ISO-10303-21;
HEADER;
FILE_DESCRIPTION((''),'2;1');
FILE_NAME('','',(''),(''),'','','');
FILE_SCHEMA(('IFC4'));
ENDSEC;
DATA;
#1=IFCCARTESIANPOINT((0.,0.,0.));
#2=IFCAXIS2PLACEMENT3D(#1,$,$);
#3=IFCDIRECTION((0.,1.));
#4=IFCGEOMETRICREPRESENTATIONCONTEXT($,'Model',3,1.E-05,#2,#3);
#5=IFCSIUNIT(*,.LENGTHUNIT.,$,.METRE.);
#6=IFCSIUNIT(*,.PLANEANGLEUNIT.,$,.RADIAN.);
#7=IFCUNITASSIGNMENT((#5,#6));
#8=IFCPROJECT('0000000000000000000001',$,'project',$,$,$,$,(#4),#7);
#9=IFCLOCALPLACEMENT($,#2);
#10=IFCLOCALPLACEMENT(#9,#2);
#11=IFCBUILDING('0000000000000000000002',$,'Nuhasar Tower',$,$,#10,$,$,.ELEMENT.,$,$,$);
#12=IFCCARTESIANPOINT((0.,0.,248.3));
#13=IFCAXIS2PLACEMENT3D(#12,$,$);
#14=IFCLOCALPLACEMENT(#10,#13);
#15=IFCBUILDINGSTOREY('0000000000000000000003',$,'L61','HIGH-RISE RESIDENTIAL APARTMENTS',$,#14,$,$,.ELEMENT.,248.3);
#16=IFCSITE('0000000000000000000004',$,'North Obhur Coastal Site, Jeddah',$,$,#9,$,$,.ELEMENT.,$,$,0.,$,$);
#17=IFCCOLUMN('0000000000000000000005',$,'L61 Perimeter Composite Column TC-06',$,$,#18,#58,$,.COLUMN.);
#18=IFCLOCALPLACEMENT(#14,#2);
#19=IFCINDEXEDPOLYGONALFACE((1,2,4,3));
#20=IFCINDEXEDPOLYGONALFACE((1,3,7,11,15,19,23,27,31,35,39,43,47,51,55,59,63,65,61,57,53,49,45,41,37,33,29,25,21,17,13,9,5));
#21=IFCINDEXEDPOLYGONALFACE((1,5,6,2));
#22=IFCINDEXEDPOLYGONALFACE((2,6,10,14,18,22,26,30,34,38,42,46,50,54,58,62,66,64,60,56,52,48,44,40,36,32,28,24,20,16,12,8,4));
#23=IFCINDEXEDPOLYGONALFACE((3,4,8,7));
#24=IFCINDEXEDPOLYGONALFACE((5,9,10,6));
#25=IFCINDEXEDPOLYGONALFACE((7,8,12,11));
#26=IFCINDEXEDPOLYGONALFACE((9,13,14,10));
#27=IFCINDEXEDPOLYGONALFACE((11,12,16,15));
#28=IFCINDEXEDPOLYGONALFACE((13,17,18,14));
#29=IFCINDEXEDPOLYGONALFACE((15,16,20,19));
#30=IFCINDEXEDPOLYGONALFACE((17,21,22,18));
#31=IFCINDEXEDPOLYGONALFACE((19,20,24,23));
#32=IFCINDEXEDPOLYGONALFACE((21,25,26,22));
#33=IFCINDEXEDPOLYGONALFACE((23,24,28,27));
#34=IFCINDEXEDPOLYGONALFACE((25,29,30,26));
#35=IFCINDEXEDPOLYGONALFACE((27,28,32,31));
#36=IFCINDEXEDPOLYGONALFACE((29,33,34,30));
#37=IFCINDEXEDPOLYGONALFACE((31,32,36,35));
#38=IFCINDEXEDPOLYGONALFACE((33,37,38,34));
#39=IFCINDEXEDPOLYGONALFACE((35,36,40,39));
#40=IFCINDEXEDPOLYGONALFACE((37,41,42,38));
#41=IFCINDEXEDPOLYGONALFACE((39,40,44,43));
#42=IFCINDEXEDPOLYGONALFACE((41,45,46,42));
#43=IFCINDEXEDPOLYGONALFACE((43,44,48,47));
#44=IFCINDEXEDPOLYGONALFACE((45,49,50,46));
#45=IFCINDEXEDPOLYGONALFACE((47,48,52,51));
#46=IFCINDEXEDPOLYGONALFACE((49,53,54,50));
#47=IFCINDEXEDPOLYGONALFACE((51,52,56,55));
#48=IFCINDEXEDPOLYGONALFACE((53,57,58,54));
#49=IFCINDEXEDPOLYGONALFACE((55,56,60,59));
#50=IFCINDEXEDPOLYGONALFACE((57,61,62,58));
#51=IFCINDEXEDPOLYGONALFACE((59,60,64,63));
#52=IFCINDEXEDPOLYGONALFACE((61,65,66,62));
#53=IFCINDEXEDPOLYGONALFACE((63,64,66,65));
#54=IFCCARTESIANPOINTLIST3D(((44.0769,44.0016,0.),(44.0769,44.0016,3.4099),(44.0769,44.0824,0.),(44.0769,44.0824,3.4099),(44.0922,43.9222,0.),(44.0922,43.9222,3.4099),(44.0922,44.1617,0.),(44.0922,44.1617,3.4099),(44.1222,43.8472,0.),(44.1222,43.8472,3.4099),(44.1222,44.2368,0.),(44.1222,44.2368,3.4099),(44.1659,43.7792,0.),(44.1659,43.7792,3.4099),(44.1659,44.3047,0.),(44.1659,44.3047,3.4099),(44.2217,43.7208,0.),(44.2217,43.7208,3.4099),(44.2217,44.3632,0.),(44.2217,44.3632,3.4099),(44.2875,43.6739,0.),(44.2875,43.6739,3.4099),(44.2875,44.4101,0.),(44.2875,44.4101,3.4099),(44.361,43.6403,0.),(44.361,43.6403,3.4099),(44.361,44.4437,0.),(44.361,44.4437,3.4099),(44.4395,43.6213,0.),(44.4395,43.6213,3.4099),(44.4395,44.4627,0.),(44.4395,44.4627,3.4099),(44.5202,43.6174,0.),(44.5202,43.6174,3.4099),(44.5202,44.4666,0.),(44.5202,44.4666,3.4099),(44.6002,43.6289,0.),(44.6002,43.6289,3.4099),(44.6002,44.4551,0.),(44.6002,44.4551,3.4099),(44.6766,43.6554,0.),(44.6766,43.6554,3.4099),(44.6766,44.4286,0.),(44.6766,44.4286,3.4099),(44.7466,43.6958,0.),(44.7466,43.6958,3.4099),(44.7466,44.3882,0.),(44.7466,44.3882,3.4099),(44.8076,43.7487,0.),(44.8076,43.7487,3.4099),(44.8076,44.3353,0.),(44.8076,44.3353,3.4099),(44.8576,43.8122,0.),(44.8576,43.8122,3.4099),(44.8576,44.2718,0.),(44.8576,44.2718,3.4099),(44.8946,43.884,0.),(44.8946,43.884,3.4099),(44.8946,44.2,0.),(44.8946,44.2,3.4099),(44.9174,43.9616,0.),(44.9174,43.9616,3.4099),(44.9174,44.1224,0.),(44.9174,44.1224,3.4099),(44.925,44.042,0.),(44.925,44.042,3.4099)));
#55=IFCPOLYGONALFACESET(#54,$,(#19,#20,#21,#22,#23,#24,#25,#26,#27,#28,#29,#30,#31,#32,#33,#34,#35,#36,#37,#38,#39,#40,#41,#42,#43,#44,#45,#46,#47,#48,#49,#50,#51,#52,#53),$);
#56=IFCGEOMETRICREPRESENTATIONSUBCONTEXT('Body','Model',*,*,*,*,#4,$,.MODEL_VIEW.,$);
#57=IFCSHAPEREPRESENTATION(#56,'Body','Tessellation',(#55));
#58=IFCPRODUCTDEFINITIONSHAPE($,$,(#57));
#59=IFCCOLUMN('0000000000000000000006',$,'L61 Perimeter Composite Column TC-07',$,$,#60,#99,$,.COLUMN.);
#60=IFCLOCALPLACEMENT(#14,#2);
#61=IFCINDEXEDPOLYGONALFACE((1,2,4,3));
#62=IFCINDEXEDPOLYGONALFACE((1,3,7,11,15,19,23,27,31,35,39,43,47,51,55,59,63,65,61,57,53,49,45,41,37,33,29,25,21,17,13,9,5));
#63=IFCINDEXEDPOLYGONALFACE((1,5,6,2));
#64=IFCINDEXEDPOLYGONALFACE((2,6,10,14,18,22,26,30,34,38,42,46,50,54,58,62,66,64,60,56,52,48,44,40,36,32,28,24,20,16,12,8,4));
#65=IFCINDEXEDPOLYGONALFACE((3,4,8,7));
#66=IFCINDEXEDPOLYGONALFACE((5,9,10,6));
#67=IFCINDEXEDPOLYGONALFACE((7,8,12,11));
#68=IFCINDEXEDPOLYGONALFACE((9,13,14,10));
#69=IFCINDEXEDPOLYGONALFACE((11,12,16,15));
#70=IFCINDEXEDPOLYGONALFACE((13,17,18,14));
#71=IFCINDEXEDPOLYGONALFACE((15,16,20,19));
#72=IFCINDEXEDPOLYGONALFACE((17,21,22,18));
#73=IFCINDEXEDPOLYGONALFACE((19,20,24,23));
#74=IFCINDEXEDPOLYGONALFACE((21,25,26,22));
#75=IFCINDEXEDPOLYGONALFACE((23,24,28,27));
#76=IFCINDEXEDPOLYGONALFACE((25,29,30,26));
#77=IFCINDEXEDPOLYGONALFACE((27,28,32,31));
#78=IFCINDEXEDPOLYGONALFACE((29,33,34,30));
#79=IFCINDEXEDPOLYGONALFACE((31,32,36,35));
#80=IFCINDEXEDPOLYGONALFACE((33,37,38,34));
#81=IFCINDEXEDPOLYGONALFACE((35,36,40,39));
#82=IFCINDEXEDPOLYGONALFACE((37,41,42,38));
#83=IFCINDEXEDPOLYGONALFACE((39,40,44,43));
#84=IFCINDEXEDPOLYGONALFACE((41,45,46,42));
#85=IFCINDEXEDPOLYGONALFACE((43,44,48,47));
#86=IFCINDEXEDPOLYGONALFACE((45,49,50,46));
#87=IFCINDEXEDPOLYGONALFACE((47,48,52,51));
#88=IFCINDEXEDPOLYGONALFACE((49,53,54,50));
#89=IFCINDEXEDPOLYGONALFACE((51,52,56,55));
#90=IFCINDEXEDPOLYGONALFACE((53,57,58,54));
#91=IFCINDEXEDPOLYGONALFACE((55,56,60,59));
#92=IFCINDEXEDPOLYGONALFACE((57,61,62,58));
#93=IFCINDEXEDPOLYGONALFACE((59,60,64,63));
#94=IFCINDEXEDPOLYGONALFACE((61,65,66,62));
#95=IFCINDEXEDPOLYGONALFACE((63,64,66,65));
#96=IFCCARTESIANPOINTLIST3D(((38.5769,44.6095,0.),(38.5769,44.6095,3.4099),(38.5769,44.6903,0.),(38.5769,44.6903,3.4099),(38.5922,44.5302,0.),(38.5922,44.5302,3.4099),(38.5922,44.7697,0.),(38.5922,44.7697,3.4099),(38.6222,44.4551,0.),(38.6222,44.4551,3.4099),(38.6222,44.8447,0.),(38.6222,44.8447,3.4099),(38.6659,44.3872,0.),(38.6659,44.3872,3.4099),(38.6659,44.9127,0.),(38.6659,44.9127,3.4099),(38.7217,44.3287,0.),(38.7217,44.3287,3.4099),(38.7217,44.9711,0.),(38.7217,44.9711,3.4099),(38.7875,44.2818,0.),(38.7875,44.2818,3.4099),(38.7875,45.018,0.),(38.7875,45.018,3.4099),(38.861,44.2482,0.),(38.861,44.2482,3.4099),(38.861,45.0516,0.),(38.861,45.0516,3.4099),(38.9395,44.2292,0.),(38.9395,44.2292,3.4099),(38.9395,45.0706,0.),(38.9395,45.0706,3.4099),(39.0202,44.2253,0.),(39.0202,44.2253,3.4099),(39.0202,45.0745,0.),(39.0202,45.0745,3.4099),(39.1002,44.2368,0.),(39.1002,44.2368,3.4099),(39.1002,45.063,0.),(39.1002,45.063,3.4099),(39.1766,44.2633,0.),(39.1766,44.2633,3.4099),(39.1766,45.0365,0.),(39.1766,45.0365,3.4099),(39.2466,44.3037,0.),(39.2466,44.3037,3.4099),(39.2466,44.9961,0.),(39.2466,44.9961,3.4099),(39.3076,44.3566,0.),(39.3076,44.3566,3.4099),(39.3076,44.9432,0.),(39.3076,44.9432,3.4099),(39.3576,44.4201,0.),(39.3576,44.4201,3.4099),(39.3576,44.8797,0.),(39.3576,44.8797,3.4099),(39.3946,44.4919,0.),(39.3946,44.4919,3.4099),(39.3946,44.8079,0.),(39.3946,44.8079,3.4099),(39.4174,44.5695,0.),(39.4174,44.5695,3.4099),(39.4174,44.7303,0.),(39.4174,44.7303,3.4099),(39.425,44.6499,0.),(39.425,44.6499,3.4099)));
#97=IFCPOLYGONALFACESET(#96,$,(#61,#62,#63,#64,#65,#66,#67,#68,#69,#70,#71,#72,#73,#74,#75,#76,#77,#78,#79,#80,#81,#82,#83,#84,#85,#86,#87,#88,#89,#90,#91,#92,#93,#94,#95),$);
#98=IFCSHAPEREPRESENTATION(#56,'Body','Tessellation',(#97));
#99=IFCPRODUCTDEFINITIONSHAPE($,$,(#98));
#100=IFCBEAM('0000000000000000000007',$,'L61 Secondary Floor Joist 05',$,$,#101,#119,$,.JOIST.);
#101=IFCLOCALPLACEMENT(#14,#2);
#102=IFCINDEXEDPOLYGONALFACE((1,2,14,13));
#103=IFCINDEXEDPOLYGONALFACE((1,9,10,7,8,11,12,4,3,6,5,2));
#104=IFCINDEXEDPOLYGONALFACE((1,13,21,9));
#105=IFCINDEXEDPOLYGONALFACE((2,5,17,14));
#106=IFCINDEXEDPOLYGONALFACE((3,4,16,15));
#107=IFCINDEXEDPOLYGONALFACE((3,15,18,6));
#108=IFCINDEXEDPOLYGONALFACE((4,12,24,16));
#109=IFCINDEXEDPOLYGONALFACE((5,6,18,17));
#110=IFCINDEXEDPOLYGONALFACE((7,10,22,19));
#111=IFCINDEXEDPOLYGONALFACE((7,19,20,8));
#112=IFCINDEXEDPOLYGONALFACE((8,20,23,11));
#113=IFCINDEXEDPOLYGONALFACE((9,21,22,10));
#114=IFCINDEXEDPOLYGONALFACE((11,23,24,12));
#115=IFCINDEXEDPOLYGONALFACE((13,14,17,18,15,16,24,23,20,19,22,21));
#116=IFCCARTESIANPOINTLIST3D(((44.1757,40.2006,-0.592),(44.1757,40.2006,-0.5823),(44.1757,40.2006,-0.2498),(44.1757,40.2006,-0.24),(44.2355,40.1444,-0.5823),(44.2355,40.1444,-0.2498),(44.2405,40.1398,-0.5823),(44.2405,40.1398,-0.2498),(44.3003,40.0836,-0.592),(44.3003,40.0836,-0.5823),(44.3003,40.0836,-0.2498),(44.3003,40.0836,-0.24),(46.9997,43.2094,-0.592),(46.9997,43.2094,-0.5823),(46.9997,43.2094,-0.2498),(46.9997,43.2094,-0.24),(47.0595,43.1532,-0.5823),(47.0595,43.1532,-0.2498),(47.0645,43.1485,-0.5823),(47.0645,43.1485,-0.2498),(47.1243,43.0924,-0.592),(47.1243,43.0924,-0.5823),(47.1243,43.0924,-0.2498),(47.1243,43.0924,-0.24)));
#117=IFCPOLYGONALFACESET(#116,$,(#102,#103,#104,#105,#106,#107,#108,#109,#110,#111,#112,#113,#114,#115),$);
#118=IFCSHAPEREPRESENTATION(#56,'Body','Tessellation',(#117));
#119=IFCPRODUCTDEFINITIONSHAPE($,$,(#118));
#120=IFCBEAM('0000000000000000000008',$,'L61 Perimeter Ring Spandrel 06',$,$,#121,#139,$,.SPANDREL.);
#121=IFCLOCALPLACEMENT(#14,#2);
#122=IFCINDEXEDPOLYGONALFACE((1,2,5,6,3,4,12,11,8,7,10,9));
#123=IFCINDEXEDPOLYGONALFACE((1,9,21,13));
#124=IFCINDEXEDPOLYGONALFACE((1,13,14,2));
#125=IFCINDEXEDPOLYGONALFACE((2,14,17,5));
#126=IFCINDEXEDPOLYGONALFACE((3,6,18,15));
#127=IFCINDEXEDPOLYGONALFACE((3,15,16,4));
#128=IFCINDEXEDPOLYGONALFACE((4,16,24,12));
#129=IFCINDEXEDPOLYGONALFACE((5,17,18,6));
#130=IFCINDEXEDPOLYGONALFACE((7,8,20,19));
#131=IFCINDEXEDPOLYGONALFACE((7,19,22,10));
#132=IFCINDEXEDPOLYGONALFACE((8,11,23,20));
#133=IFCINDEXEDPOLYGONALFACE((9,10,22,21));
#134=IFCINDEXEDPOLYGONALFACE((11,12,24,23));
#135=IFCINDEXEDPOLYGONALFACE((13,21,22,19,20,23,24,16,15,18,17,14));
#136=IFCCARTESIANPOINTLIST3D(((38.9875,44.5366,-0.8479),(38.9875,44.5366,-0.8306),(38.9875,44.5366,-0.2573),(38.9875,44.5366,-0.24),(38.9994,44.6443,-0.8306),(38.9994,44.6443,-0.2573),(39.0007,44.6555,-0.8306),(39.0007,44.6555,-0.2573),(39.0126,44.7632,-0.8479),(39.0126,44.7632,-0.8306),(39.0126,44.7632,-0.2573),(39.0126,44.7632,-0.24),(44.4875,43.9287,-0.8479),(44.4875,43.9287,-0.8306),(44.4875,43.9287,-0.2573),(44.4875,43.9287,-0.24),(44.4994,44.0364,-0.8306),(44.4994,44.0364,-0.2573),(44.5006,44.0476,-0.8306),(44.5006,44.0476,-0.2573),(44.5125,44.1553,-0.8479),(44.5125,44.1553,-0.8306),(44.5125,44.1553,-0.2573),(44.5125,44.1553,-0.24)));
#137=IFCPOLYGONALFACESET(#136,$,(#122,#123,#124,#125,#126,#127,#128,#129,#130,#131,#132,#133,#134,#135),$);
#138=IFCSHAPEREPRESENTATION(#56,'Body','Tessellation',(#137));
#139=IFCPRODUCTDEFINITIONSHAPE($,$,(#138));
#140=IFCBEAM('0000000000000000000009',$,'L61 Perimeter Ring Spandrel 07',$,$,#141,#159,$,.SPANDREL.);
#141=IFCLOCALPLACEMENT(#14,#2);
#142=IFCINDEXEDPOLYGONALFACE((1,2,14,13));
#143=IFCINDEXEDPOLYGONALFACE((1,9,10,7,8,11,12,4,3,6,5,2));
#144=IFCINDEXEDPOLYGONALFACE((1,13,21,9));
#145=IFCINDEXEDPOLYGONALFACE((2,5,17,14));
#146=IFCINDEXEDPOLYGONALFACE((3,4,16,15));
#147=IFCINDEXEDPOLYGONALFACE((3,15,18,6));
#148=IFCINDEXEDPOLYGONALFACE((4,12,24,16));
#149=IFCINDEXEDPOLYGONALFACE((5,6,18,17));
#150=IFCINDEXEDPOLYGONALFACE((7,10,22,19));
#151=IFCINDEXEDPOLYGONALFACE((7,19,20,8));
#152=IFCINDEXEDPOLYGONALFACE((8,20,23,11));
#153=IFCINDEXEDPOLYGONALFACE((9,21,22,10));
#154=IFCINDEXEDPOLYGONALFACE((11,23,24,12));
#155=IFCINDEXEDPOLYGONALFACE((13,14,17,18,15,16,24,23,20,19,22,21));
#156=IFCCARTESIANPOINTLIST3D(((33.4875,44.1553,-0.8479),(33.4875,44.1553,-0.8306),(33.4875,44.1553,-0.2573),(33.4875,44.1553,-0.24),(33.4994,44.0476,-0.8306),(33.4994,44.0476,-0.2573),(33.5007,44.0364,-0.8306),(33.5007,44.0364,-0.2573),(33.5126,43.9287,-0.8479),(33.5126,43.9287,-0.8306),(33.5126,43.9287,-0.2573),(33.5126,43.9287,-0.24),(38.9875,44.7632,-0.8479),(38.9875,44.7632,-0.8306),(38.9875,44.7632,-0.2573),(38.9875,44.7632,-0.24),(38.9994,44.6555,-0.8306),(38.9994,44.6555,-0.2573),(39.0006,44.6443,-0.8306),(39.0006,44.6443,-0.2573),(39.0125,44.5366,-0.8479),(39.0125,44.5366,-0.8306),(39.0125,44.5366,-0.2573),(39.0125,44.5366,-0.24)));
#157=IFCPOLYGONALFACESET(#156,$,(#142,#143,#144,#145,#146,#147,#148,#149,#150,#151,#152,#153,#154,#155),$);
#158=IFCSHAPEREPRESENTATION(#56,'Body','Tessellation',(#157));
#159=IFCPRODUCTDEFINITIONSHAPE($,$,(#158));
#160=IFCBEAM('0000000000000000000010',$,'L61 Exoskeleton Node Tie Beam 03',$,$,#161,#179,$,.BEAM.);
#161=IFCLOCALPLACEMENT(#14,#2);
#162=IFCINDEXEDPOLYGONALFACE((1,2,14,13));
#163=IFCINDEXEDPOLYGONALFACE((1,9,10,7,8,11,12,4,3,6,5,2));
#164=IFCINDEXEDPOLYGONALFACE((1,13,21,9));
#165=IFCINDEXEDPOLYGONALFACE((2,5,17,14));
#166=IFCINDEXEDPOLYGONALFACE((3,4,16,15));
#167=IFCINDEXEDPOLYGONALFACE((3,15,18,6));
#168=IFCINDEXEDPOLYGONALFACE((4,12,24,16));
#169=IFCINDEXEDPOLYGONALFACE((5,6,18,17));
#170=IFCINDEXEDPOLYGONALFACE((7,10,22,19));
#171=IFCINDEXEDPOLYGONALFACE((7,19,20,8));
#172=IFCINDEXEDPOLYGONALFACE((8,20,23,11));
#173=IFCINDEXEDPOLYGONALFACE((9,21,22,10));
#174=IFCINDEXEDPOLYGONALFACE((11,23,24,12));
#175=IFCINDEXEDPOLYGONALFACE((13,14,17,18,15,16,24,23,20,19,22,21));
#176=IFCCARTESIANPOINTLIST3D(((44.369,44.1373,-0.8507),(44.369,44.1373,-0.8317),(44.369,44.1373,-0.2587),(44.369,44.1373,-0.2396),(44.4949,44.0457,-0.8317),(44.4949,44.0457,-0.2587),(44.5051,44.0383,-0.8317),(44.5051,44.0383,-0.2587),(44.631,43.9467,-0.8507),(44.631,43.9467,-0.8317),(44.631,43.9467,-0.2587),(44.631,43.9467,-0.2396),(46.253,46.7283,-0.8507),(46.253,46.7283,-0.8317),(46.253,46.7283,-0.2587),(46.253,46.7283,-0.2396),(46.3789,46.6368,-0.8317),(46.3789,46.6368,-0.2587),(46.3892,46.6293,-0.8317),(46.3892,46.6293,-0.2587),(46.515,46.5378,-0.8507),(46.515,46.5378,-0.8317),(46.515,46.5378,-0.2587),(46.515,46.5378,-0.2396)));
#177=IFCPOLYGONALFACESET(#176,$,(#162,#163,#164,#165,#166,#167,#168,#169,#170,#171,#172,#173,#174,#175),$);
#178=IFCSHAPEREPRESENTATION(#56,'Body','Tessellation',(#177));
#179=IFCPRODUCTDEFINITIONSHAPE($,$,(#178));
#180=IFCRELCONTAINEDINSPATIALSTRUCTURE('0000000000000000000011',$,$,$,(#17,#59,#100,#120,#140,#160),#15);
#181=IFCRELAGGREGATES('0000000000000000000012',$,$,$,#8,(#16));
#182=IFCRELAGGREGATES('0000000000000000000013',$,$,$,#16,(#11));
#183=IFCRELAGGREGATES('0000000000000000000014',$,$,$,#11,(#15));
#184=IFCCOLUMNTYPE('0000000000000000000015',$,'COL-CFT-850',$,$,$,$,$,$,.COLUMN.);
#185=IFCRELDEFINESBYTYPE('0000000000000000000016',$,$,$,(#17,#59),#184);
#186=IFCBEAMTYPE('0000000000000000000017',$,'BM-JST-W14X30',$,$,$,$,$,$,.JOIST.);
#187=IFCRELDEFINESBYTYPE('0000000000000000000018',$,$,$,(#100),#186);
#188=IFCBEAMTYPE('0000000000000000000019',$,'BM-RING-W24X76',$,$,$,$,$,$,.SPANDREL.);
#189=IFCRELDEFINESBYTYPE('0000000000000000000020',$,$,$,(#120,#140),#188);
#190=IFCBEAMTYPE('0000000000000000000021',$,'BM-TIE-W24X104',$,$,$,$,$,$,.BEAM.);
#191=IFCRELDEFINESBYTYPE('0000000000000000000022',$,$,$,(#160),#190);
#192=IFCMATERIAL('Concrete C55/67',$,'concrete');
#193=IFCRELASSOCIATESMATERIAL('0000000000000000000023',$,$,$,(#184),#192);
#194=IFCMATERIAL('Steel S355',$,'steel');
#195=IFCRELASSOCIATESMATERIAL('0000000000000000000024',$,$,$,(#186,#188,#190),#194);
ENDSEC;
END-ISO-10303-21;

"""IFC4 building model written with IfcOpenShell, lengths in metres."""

from ifc_helpers import new_model, si_unit, direction, frame, origin, origin_2d, place, context, subcontext, project, spatial, circle, i_section, extrude, material, material_profile, profile_set, type_object, element, save


model = new_model("IFC4")

# Units and contexts
model_context = context("Model", 3, precision=1e-05, world=origin(), true_north=direction((0.0, 1.0)))
body_context = subcontext(model_context, "Body", "Model", "MODEL_VIEW")
ifc_project = project(units=[si_unit("LENGTHUNIT", "METRE"), si_unit("PLANEANGLEUNIT", "RADIAN")], contexts=[model_context])

# Site, building, storey
site_placement = place(None, origin())
site = spatial("IfcSite", under=ifc_project, at=site_placement, Name="North Obhur Coastal Site, Jeddah", CompositionType="ELEMENT", RefElevation=0.0)
building_placement = place(site_placement, origin())
building = spatial("IfcBuilding", under=site, at=building_placement, Name="Nuhasar Tower", CompositionType="ELEMENT")
storey_placement = place(building_placement, frame((0.0, 0.0, 248.3)))
storey = spatial("IfcBuildingStorey", under=building, at=storey_placement, Name="L61", Description="HIGH-RISE RESIDENTIAL APARTMENTS", CompositionType="ELEMENT", Elevation=248.3)

# Columns
ifc_material_1 = material(Name="Concrete C55/67", Category="concrete")
ifc_material_profile_1 = material_profile(ifc_material_1, circle(Radius=0.425, at=origin_2d()), Name="CFT850")
ifc_profile_set_1 = profile_set([ifc_material_profile_1], Name="Concrete C55/67")
column_type = type_object("IfcColumnType", Name="COL-CFT-850", PredefinedType="COLUMN", material=ifc_profile_set_1)
for number, where, z_axis, x_axis, name in (
    (1, (44.5, 44.042, 0.0), (0.0, 0.0, 1.0), (1.0, 0.0, 0.0), "L61 Perimeter Composite Column TC-06"),
    (2, (39.0, 44.6499, 0.0), (0.0, 0.0, 1.0), (1.0, 0.0, 0.0), "L61 Perimeter Composite Column TC-07"),
):
    element("IfcColumn", number, at=place(storey_placement, frame(where, z_axis=z_axis, x_axis=x_axis)), inside=storey, type_object=column_type, Name=name, PredefinedType="COLUMN", context=body_context, shape_type="SweptSolid", body=[
        extrude(circle(Radius=0.425, at=origin_2d()), origin(), (0.0, 0.0, 1.0), 3.4099),
    ])

# Beams
ifc_material_2 = material(Name="Steel S355", Category="steel")
ifc_material_profile_2 = material_profile(ifc_material_2, i_section(OverallWidth=0.1709, OverallDepth=0.3521, WebThickness=0.0068, FlangeThickness=0.0098, at=origin_2d()), Name="W14X30")
ifc_profile_set_2 = profile_set([ifc_material_profile_2], Name="Steel S355")
beam_type_1 = type_object("IfcBeamType", Name="BM-JST-W14X30", PredefinedType="JOIST", material=ifc_profile_set_2)
beam_1_placement = place(storey_placement, frame((44.238, 40.1421, -0.416), z_axis=(0.684358, 0.729146, 0.0), x_axis=(-0.729146, 0.684358, 0.0)))
element("IfcBeam", 3, at=beam_1_placement, inside=storey, type_object=beam_type_1, Name="L61 Secondary Floor Joist 05", PredefinedType="JOIST", context=body_context, shape_type="SweptSolid", body=[
    extrude(i_section(OverallWidth=0.1709, OverallDepth=0.3521, WebThickness=0.0068, FlangeThickness=0.0098, at=origin_2d()), origin(), (0.0, 0.0, 1.0), 4.1265),
])
ifc_material_profile_3 = material_profile(ifc_material_2, i_section(OverallWidth=0.228, OverallDepth=0.6079, WebThickness=0.0112, FlangeThickness=0.0173, at=origin_2d()), Name="W24X76")
ifc_profile_set_3 = profile_set([ifc_material_profile_3], Name="Steel S355")
beam_type_2 = type_object("IfcBeamType", Name="BM-RING-W24X76", PredefinedType="SPANDREL", material=ifc_profile_set_3)
for number, where, z_axis, x_axis, name in (
    (4, (44.5, 44.042, -0.5439), (-0.993947, 0.10986, 0.0), (-0.10986, -0.993947, 0.0), "L61 Perimeter Ring Spandrel 06"),
    (5, (39.0, 44.6499, -0.5439), (-0.993947, -0.10986, 0.0), (0.10986, -0.993947, 0.0), "L61 Perimeter Ring Spandrel 07"),
):
    element("IfcBeam", number, at=place(storey_placement, frame(where, z_axis=z_axis, x_axis=x_axis)), inside=storey, type_object=beam_type_2, Name=name, PredefinedType="SPANDREL", context=body_context, shape_type="SweptSolid", body=[
        extrude(i_section(OverallWidth=0.228, OverallDepth=0.6079, WebThickness=0.0112, FlangeThickness=0.0173, at=origin_2d()), origin(), (0.0, 0.0, 1.0), 5.5334),
    ])
ifc_material_profile_4 = material_profile(ifc_material_2, i_section(OverallWidth=0.324, OverallDepth=0.6111, WebThickness=0.0127, FlangeThickness=0.019, at=origin_2d()), Name="W24X104")
ifc_profile_set_4 = profile_set([ifc_material_profile_4], Name="Steel S355")
beam_type_3 = type_object("IfcBeamType", Name="BM-TIE-W24X104", PredefinedType="BEAM", material=ifc_profile_set_4)
beam_2_placement = place(storey_placement, frame((44.5, 44.042, -0.5452), z_axis=(0.588095, 0.808792, 0.0), x_axis=(-0.808792, 0.588095, 0.0)))
element("IfcBeam", 6, at=beam_2_placement, inside=storey, type_object=beam_type_3, Name="L61 Exoskeleton Node Tie Beam 03", PredefinedType="BEAM", context=body_context, shape_type="SweptSolid", body=[
    extrude(i_section(OverallWidth=0.324, OverallDepth=0.6111, WebThickness=0.0127, FlangeThickness=0.019, at=origin_2d()), origin(), (0.0, 0.0, 1.0), 3.2036),
])

save(model, "model.ifc")
